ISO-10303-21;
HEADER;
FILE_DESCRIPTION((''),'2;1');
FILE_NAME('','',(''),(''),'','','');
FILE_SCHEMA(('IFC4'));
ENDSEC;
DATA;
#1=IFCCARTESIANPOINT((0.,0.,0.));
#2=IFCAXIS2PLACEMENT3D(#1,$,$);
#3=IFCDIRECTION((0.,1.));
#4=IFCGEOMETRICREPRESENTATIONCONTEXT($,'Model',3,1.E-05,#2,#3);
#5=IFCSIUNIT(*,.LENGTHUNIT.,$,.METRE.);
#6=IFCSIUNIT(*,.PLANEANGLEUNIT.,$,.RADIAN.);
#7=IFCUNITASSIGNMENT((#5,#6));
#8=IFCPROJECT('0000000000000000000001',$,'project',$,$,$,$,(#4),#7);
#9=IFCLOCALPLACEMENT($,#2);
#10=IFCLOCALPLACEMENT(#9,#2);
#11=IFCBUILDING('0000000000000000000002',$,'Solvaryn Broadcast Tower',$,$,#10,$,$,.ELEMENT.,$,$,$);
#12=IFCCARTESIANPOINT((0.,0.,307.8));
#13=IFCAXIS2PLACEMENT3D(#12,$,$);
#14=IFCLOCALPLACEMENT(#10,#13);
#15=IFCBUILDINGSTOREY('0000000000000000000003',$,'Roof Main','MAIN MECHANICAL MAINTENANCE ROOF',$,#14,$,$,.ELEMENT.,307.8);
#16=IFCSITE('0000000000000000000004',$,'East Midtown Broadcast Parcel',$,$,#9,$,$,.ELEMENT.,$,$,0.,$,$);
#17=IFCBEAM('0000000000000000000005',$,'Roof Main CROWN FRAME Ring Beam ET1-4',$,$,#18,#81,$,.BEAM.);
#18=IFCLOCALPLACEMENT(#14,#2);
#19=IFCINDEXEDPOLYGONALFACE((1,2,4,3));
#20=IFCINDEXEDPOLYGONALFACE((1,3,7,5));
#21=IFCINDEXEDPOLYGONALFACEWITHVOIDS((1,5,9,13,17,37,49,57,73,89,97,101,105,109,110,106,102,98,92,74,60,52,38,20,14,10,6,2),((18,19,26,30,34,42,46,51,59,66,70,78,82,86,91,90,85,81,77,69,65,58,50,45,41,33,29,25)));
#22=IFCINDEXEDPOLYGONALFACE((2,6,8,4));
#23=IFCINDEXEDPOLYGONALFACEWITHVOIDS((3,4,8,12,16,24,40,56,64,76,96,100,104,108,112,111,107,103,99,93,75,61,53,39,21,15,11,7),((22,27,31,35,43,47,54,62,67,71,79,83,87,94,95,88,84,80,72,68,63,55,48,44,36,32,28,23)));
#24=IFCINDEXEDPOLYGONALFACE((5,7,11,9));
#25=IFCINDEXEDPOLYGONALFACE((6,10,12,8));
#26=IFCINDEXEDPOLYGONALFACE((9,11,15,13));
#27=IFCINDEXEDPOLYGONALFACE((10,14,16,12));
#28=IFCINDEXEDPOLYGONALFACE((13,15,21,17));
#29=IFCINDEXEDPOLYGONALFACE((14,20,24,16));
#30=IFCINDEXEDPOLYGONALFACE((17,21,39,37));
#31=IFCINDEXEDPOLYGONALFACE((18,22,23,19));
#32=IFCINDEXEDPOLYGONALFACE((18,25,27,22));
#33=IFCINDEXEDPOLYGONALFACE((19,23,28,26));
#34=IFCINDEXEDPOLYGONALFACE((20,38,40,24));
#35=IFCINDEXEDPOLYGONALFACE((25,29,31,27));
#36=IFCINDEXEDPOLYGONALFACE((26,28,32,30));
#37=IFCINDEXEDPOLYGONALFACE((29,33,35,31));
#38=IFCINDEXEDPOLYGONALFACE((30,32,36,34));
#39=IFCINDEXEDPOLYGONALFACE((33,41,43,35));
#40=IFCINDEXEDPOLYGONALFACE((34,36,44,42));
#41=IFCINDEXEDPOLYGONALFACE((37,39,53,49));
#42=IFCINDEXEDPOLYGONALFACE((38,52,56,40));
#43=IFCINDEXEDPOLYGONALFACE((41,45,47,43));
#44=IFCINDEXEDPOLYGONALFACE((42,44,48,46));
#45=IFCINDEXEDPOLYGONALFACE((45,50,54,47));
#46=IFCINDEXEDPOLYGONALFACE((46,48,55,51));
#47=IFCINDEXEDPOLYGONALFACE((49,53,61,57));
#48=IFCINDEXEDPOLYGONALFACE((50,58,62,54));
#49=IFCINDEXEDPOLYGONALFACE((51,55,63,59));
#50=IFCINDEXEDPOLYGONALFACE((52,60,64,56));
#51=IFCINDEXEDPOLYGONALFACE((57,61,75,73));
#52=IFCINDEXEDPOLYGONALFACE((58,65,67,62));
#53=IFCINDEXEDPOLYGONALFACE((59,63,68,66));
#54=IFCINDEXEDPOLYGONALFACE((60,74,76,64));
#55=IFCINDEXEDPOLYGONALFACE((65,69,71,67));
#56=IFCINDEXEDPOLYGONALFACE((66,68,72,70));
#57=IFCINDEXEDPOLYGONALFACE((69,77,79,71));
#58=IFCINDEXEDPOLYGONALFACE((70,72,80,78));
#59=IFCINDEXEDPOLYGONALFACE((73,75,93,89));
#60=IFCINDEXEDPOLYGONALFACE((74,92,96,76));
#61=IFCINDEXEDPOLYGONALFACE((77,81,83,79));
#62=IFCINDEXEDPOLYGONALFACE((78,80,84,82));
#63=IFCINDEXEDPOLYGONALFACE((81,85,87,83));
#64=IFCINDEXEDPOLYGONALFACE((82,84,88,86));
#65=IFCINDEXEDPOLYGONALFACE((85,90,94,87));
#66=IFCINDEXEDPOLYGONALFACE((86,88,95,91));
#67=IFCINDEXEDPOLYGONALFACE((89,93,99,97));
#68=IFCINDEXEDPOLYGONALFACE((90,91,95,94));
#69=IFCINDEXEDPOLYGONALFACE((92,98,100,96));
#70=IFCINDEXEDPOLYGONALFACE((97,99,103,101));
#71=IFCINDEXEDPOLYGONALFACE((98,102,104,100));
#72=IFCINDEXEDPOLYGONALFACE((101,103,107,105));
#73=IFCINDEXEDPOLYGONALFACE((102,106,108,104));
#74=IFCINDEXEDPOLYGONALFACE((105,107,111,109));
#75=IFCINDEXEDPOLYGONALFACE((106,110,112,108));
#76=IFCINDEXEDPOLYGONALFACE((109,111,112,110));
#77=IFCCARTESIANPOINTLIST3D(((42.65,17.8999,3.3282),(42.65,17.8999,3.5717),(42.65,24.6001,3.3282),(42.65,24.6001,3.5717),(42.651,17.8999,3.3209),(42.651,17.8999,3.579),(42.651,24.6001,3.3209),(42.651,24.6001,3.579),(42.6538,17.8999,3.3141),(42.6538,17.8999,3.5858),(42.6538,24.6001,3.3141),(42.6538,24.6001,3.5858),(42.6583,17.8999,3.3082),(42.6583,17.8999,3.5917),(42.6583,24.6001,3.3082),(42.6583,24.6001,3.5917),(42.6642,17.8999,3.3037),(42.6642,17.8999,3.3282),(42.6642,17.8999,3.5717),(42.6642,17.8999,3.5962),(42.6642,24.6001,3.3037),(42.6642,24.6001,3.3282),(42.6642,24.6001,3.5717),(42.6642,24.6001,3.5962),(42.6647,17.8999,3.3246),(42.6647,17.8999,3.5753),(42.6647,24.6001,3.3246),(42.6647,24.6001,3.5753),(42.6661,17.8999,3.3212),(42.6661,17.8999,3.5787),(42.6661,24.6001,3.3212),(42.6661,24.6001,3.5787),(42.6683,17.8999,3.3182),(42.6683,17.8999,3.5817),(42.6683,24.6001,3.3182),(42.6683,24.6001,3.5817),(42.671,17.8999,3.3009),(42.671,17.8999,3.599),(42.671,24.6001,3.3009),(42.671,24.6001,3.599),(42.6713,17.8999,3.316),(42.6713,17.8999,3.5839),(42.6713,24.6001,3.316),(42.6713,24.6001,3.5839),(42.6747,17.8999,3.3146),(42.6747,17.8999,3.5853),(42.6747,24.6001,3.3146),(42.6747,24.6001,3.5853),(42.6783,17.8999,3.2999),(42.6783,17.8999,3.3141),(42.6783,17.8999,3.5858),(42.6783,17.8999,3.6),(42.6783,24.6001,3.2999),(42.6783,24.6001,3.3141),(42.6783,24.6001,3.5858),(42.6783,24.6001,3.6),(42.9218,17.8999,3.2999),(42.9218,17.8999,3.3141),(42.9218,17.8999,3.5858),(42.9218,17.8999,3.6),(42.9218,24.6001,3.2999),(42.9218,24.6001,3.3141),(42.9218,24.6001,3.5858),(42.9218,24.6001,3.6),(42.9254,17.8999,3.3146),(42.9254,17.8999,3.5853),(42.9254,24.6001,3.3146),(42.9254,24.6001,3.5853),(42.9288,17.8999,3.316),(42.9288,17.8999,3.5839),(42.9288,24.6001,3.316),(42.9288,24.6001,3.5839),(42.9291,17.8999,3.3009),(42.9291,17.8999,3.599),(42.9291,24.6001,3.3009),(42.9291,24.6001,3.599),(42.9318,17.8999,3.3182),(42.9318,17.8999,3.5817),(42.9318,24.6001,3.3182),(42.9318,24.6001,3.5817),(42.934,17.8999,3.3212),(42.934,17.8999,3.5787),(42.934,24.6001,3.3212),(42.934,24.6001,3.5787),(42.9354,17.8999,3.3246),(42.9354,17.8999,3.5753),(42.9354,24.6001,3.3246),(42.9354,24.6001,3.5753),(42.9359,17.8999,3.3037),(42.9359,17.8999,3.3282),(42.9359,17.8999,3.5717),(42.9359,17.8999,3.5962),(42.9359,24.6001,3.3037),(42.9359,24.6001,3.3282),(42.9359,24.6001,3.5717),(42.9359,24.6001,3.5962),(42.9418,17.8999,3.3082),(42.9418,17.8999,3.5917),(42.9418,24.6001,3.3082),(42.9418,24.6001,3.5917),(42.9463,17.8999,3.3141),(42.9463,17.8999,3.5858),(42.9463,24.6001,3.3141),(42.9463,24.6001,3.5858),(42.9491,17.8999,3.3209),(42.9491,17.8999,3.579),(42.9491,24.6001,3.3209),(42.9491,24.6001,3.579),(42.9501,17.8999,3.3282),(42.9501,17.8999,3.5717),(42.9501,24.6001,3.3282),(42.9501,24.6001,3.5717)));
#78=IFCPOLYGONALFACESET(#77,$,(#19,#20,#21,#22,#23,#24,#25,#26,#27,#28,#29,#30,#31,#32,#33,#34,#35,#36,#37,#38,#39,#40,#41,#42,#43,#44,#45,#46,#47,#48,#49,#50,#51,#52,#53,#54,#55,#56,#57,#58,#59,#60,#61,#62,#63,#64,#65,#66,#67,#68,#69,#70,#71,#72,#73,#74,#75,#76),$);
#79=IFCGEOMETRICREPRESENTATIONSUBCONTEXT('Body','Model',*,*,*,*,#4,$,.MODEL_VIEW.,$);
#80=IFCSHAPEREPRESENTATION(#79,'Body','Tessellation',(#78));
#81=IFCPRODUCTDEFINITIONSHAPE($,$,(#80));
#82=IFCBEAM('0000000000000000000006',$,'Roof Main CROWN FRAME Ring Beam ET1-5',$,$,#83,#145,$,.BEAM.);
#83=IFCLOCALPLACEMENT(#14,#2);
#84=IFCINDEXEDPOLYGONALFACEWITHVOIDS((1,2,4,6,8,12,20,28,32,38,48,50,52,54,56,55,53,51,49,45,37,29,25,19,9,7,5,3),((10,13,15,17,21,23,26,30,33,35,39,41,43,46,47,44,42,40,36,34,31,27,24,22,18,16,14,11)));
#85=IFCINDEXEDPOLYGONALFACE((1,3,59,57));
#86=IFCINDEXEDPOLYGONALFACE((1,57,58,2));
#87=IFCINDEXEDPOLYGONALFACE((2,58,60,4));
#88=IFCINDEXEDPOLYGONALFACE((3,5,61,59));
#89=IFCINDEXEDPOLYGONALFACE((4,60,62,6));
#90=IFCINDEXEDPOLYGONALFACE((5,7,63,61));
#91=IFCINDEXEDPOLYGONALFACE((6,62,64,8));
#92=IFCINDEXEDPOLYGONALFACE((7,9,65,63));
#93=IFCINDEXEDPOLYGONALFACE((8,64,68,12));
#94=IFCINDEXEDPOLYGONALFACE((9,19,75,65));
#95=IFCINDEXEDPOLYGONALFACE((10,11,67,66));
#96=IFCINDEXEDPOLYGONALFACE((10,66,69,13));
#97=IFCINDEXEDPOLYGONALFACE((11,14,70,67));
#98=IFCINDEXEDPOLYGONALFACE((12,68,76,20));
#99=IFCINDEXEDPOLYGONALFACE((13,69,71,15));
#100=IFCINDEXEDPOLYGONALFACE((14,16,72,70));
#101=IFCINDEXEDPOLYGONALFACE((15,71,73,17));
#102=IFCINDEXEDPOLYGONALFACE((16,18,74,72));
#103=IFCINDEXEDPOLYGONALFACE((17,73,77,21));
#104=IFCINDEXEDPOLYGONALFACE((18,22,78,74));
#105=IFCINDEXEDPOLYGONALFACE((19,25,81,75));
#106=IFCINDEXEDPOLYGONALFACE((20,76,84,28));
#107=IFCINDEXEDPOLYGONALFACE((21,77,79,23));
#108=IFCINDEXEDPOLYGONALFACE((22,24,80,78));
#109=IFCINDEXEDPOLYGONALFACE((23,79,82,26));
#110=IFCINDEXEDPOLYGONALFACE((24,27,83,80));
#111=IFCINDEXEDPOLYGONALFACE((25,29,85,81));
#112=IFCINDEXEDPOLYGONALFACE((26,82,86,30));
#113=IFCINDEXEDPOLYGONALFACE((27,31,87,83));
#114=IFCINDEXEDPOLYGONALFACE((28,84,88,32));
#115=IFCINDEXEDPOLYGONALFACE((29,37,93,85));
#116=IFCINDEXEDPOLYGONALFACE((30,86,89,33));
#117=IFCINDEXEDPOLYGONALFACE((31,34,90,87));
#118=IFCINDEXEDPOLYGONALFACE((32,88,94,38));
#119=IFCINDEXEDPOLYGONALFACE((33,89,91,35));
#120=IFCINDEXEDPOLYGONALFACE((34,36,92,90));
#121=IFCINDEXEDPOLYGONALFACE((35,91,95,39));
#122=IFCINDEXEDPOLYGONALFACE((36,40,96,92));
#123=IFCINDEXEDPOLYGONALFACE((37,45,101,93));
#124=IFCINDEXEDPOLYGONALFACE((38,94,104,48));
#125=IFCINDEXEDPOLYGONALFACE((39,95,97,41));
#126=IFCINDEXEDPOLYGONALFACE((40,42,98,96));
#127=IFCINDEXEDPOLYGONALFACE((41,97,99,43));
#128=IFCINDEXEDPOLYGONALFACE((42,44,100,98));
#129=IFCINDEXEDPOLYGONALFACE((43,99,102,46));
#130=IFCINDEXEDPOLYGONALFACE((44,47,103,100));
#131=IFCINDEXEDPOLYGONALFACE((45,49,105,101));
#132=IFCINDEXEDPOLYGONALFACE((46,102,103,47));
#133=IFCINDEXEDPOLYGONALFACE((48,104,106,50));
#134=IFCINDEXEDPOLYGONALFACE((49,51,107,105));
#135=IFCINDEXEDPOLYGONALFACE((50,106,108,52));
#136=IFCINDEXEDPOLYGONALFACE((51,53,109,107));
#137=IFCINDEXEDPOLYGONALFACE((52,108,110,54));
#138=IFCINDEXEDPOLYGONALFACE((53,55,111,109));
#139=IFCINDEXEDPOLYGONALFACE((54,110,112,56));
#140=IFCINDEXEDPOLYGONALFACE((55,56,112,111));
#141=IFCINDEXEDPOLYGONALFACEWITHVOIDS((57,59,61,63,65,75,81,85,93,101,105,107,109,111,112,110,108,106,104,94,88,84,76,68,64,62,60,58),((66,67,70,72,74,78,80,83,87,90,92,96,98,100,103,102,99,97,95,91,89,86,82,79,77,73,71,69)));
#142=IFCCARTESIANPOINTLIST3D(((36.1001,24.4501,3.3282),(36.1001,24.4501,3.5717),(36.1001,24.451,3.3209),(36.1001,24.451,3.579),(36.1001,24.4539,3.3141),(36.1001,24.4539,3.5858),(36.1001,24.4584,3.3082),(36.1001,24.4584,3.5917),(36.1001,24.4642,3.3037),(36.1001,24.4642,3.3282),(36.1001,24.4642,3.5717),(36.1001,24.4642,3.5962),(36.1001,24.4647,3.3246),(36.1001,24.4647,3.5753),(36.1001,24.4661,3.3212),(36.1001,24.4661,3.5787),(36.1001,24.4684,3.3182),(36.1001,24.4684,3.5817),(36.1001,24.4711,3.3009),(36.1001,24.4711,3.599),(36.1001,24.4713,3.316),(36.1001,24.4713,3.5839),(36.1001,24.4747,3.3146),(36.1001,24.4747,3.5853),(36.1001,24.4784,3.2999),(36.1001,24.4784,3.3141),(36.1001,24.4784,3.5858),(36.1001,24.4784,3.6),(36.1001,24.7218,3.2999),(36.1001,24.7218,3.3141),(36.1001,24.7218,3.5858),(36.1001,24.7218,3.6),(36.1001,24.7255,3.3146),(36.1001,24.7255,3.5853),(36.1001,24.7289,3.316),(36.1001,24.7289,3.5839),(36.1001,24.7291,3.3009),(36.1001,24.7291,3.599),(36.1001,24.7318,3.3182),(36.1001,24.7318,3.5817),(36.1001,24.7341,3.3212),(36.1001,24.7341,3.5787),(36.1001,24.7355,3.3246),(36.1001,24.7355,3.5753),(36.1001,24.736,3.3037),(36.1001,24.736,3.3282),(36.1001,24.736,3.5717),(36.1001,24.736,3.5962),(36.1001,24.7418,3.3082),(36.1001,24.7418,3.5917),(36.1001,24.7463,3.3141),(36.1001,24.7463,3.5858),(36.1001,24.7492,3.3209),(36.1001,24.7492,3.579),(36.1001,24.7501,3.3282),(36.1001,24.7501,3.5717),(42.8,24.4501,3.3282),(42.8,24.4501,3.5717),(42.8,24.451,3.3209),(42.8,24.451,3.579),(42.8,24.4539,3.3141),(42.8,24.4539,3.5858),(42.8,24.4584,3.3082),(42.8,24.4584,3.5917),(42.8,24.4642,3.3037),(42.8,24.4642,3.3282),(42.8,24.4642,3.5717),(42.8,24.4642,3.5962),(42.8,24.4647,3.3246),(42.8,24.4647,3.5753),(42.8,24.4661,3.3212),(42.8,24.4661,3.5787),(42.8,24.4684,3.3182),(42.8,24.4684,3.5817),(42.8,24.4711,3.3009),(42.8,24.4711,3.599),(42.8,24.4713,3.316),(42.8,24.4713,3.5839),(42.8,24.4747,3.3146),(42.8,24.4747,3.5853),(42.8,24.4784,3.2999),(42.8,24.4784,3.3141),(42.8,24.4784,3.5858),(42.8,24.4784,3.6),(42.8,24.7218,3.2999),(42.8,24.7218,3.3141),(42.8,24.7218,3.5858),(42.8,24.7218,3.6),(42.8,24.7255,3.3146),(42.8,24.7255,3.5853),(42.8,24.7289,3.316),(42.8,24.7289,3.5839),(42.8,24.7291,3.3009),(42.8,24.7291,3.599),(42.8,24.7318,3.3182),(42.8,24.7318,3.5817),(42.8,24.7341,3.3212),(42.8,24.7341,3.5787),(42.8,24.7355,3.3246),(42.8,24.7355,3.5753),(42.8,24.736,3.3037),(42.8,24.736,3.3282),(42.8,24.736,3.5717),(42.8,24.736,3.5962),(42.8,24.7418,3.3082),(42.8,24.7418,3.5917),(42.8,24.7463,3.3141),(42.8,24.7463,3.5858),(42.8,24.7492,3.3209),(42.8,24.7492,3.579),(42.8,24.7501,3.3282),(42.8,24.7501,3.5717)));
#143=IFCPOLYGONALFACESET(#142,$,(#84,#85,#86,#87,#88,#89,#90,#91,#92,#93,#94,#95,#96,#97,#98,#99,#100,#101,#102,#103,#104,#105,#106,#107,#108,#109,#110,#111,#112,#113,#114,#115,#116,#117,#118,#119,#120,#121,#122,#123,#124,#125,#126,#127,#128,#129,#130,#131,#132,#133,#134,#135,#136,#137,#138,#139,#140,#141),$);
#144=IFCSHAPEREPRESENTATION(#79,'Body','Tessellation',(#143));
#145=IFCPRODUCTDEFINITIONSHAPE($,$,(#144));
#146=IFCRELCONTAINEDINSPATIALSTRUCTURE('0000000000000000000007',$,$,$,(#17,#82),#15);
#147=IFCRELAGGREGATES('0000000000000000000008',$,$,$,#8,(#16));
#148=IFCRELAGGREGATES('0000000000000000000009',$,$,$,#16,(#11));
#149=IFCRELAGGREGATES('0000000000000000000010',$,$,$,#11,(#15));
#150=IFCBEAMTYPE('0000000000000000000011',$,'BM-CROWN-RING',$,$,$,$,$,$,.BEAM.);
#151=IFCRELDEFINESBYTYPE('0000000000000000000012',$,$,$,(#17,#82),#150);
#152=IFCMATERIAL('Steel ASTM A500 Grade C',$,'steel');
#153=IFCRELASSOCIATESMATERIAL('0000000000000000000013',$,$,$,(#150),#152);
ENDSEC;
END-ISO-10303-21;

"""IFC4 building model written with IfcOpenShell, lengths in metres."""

from ifc_helpers import new_model, si_unit, direction, frame, origin, origin_2d, place, context, subcontext, project, spatial, hollow_rectangle, extrude, material, material_profile, profile_set, type_object, element, save


model = new_model("IFC4")

# Units and contexts
model_context = context("Model", 3, precision=1e-05, world=origin(), true_north=direction((0.0, 1.0)))
body_context = subcontext(model_context, "Body", "Model", "MODEL_VIEW")
ifc_project = project(units=[si_unit("LENGTHUNIT", "METRE"), si_unit("PLANEANGLEUNIT", "RADIAN")], contexts=[model_context])

# Site, building, storey
site_placement = place(None, origin())
site = spatial("IfcSite", under=ifc_project, at=site_placement, Name="East Midtown Broadcast Parcel", CompositionType="ELEMENT", RefElevation=0.0)
building_placement = place(site_placement, origin())
building = spatial("IfcBuilding", under=site, at=building_placement, Name="Solvaryn Broadcast Tower", CompositionType="ELEMENT")
storey_placement = place(building_placement, frame((0.0, 0.0, 307.8)))
storey = spatial("IfcBuildingStorey", under=building, at=storey_placement, Name="Roof Main", Description="MAIN MECHANICAL MAINTENANCE ROOF", CompositionType="ELEMENT", Elevation=307.8)

# Beams
ifc_material_1 = material(Name="Steel ASTM A500 Grade C", Category="steel")
ifc_material_profile_1 = material_profile(ifc_material_1, hollow_rectangle(XDim=0.3, YDim=0.3, WallThickness=0.0142, InnerFilletRadius=0.0142, OuterFilletRadius=0.0283, at=origin_2d()))
ifc_profile_set_1 = profile_set([ifc_material_profile_1], Name="Steel ASTM A500 Grade C")
beam_type_1 = type_object("IfcBeamType", Name="BM-CROWN-RING", PredefinedType="BEAM", material=ifc_profile_set_1)
beam_1_placement = place(storey_placement, frame((42.8, 17.8999, 3.45), z_axis=(0.0, 1.0, 0.0), x_axis=(-1.0, 0.0, 0.0)))
element("IfcBeam", 1, at=beam_1_placement, inside=storey, type_object=beam_type_1, Name="Roof Main CROWN FRAME Ring Beam ET1-4", PredefinedType="BEAM", context=body_context, shape_type="SweptSolid", body=[
    extrude(hollow_rectangle(XDim=0.3, YDim=0.3, WallThickness=0.0142, InnerFilletRadius=0.0142, OuterFilletRadius=0.0283, at=origin_2d()), origin(), (0.0, 0.0, 1.0), 6.7002),
])
beam_2_placement = place(storey_placement, frame((42.8, 24.6001, 3.45), z_axis=(-1.0, 0.0, 0.0), x_axis=(0.0, -1.0, 0.0)))
element("IfcBeam", 2, at=beam_2_placement, inside=storey, type_object=beam_type_1, Name="Roof Main CROWN FRAME Ring Beam ET1-5", PredefinedType="BEAM", context=body_context, shape_type="SweptSolid", body=[
    extrude(hollow_rectangle(XDim=0.3, YDim=0.3, WallThickness=0.0142, InnerFilletRadius=0.0142, OuterFilletRadius=0.0283, at=origin_2d()), origin(), (0.0, 0.0, 1.0), 6.7),
])

save(model, "model.ifc")
